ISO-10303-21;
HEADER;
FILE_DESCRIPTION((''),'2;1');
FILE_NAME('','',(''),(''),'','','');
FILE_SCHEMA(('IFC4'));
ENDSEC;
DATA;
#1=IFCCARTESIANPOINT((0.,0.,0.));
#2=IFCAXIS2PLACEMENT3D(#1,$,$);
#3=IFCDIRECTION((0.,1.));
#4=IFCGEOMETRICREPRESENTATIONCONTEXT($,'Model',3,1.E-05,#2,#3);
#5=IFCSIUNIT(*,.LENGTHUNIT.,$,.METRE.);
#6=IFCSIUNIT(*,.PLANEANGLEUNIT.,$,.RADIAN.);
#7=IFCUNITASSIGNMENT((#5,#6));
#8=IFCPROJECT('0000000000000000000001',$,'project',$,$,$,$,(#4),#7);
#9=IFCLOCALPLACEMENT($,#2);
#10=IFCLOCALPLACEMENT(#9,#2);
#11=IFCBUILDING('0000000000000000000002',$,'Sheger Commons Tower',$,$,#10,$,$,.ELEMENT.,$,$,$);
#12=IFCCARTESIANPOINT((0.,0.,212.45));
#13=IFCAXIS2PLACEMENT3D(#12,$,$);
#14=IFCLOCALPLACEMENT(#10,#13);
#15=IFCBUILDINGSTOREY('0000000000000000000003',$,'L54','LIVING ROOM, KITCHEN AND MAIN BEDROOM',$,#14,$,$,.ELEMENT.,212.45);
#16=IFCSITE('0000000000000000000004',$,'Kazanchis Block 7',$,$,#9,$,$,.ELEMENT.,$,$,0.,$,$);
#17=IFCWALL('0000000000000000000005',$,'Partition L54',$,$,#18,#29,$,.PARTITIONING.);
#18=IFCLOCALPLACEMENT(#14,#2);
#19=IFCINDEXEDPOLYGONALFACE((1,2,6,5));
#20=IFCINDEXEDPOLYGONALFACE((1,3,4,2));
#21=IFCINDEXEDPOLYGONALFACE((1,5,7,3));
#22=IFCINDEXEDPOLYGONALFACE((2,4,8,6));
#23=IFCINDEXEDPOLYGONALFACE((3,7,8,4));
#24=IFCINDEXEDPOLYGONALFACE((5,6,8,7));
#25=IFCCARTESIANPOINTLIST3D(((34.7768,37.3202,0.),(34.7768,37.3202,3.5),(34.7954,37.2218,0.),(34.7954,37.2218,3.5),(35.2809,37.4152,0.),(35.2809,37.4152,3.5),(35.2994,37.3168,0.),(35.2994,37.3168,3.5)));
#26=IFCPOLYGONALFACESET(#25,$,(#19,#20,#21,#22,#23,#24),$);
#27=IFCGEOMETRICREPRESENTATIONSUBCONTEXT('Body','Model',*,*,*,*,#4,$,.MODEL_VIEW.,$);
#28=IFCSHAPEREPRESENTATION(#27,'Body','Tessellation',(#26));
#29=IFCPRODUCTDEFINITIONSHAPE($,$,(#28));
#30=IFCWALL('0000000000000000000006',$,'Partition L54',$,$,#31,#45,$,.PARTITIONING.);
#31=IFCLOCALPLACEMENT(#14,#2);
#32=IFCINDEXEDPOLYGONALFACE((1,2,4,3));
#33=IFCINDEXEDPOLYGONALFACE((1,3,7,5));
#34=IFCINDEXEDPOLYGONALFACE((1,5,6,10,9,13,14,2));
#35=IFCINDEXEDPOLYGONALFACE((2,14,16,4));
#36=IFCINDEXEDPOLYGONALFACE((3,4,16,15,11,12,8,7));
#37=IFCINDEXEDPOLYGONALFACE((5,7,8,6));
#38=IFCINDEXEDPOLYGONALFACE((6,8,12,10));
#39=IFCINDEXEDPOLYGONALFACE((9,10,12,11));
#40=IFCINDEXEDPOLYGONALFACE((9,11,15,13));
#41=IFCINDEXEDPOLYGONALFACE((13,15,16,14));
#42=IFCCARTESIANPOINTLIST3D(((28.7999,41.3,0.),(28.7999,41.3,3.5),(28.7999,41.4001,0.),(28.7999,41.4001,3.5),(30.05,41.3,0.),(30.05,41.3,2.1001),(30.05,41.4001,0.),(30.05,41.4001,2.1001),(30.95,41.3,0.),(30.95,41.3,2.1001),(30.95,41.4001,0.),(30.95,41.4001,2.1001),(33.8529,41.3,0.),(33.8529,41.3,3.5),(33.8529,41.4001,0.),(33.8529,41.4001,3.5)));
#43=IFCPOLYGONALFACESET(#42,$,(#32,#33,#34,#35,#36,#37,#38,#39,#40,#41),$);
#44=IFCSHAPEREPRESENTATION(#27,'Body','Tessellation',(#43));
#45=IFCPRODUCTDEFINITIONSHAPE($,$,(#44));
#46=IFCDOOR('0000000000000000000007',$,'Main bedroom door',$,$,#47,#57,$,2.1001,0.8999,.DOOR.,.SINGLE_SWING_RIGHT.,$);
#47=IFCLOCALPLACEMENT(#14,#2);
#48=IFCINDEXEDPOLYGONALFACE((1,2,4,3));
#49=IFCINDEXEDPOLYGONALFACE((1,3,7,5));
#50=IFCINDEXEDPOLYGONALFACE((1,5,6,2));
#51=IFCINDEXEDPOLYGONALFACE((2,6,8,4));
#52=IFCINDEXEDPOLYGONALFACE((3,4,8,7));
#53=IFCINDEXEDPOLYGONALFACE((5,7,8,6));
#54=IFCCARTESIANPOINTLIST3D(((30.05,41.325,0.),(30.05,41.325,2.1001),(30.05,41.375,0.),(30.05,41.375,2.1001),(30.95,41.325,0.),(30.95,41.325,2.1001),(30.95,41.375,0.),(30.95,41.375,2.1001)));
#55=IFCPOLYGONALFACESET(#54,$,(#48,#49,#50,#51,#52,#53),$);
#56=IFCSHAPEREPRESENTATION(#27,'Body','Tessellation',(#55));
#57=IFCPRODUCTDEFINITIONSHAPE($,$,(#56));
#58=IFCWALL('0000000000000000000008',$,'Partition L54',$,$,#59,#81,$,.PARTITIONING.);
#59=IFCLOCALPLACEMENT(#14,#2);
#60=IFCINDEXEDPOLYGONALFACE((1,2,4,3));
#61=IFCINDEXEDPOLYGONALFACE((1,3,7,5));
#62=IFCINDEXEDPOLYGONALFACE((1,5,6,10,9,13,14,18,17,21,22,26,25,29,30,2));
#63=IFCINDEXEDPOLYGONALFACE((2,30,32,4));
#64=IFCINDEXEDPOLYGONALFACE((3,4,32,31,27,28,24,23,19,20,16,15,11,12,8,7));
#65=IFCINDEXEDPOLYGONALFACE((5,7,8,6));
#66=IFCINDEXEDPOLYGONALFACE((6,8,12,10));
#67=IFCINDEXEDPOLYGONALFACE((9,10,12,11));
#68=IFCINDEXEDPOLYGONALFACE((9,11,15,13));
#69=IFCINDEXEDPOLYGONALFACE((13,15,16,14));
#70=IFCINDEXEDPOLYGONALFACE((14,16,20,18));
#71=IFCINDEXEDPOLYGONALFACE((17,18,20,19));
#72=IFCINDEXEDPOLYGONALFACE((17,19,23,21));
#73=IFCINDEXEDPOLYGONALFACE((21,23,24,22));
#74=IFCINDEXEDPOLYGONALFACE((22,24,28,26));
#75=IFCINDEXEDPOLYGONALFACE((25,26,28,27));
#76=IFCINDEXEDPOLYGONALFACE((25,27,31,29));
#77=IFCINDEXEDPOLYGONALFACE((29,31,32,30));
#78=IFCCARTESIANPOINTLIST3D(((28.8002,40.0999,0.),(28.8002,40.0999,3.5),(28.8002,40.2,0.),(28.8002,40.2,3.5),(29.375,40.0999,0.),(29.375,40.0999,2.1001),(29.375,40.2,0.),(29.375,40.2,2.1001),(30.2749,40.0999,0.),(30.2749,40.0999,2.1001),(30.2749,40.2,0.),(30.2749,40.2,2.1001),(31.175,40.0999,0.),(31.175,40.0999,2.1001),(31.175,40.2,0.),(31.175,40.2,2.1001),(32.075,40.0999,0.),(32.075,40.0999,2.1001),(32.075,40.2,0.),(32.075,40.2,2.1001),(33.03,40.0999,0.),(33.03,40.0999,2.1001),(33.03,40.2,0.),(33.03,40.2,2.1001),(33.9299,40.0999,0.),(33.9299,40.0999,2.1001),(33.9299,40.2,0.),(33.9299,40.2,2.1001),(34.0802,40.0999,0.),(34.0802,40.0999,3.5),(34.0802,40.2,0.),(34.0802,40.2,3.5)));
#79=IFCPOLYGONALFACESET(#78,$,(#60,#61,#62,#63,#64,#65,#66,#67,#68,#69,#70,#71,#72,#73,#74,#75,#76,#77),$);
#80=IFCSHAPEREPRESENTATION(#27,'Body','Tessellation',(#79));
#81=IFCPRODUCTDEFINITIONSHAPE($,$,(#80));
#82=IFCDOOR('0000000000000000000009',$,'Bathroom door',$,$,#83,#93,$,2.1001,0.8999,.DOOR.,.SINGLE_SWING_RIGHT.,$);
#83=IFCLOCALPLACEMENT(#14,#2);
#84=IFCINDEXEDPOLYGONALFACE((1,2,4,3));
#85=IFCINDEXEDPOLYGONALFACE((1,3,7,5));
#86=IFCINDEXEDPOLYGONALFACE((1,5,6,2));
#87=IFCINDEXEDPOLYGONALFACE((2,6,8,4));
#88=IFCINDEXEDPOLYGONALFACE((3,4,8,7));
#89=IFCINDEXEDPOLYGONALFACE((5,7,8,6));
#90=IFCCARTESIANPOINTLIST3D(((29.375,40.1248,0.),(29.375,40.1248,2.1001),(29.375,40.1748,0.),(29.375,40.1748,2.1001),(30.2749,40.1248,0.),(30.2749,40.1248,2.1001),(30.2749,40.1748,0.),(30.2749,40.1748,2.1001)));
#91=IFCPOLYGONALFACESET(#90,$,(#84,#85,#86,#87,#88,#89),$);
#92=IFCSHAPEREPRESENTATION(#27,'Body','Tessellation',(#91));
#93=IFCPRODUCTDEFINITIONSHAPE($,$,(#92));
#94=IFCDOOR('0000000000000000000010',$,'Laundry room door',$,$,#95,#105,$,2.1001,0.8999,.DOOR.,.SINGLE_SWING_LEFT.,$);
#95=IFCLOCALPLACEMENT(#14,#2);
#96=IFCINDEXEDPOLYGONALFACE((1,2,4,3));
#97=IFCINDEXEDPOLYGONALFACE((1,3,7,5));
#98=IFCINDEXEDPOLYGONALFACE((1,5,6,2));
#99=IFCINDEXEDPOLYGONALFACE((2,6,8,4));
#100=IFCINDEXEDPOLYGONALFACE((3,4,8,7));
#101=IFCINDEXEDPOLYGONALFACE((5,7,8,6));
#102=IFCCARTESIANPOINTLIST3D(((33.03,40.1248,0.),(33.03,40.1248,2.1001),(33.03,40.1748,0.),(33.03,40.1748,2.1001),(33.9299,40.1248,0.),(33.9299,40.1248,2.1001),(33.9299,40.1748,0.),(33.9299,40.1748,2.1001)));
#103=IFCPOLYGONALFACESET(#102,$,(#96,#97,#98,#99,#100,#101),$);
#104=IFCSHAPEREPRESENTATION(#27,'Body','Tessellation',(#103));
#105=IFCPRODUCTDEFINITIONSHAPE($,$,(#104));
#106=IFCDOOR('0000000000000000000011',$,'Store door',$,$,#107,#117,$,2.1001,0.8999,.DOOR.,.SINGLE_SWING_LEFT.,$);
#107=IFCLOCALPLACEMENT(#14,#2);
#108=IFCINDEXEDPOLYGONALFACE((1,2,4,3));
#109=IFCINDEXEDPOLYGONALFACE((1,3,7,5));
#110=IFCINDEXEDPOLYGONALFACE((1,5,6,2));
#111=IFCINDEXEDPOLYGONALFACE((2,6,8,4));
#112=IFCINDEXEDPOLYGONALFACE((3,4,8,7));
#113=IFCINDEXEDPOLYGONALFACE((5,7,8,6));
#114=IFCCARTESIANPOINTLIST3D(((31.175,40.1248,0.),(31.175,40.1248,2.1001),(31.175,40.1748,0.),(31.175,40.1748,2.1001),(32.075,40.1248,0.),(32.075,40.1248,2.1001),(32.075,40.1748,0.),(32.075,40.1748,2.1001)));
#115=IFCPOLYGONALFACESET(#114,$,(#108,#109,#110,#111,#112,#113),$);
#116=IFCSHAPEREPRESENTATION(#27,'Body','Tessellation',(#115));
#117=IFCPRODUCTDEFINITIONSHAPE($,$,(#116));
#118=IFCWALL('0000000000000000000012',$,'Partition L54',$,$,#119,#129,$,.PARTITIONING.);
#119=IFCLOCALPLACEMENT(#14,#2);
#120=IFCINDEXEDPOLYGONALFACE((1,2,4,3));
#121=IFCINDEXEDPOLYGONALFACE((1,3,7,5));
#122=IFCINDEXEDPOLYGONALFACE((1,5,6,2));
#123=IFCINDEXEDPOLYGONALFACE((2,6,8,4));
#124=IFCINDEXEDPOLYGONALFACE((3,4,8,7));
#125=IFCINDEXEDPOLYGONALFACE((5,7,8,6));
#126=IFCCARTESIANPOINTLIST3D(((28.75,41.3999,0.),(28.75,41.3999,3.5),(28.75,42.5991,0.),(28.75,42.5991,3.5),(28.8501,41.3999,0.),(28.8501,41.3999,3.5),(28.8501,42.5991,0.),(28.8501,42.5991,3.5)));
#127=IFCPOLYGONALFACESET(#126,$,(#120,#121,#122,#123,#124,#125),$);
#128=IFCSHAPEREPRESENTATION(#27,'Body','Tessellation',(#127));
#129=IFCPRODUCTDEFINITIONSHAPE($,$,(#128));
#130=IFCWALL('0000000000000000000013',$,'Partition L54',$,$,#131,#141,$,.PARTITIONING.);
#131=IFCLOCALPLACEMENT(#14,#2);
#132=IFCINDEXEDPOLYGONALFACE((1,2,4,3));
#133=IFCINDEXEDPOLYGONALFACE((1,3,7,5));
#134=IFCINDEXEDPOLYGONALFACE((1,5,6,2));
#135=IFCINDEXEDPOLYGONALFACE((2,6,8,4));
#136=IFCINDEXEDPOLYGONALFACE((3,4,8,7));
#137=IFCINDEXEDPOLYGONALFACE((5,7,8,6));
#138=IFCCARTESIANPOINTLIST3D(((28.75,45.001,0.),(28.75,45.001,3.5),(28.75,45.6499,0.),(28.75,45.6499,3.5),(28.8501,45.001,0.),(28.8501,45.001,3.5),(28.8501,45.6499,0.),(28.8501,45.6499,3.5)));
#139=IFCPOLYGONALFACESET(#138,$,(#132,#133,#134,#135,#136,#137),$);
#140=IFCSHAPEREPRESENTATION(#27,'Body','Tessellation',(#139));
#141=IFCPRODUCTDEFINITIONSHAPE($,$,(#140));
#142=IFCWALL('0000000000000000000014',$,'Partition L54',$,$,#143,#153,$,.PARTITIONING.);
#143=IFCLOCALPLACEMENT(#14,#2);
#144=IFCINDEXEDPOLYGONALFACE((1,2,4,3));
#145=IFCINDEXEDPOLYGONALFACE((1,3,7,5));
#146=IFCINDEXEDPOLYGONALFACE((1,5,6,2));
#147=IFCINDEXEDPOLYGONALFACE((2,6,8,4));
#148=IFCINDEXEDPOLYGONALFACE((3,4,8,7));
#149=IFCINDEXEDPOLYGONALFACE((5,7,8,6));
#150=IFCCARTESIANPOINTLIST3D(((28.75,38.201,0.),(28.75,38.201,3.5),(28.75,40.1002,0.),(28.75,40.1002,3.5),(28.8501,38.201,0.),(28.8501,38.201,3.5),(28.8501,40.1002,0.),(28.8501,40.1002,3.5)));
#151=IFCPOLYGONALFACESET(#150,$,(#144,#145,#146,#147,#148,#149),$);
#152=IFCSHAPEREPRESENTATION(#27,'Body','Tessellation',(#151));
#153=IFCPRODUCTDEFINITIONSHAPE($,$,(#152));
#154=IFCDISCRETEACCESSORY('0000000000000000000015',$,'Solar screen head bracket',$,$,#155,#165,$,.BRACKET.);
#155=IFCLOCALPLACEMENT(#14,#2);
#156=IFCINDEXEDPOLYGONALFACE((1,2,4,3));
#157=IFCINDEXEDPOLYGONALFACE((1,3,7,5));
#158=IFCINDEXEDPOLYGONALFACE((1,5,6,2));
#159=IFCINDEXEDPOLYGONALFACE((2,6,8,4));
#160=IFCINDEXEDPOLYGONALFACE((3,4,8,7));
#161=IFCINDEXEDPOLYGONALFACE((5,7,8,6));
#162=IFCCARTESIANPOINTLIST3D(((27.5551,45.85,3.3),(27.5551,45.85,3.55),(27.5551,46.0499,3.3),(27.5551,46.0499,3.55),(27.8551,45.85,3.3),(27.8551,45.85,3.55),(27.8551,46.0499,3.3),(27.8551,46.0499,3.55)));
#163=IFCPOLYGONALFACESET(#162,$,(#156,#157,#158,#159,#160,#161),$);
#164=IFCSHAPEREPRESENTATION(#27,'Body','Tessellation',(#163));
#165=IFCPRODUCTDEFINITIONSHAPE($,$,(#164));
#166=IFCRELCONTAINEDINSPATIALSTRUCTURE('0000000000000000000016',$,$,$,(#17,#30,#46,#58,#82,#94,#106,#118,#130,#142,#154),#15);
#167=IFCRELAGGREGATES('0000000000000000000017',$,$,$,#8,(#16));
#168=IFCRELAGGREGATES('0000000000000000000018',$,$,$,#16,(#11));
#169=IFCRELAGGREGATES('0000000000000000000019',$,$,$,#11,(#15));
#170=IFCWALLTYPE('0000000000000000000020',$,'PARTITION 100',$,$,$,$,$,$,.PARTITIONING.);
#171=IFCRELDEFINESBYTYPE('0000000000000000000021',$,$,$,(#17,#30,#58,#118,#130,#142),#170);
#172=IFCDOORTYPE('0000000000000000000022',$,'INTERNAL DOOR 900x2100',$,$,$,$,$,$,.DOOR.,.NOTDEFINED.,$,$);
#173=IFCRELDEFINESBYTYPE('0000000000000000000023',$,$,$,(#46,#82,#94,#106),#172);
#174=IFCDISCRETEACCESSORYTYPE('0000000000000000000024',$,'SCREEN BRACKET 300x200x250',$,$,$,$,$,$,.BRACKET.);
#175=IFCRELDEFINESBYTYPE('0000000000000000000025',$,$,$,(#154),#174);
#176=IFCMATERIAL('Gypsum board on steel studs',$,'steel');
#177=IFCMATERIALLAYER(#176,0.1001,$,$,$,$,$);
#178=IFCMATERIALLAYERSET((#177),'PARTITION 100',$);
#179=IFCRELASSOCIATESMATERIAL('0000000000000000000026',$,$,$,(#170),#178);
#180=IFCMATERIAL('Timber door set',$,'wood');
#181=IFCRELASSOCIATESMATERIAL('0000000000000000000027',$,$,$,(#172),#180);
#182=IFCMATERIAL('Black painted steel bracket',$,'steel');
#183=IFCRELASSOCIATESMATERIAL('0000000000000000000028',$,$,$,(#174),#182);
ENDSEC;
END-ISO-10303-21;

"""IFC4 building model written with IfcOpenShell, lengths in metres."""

from ifc_helpers import new_model, si_unit, direction, frame, frame_2d, origin, origin_2d, place, context, subcontext, project, spatial, rectangle, extrude, material, layer, layer_set, type_object, element, fill, save


model = new_model("IFC4")

# Units and contexts
model_context = context("Model", 3, precision=1e-05, world=origin(), true_north=direction((0.0, 1.0)))
body_context = subcontext(model_context, "Body", "Model", "MODEL_VIEW")
ifc_project = project(units=[si_unit("LENGTHUNIT", "METRE"), si_unit("PLANEANGLEUNIT", "RADIAN")], contexts=[model_context])

# Site, building, storey
site_placement = place(None, origin())
site = spatial("IfcSite", under=ifc_project, at=site_placement, Name="Kazanchis Block 7", CompositionType="ELEMENT", RefElevation=0.0)
building_placement = place(site_placement, origin())
building = spatial("IfcBuilding", under=site, at=building_placement, Name="Sheger Commons Tower", CompositionType="ELEMENT")
storey_placement = place(building_placement, frame((0.0, 0.0, 212.45)))
storey = spatial("IfcBuildingStorey", under=building, at=storey_placement, Name="L54", Description="LIVING ROOM, KITCHEN AND MAIN BEDROOM", CompositionType="ELEMENT", Elevation=212.45)

# Wall
ifc_material_1 = material(Name="Gypsum board on steel studs", Category="steel")
ifc_layer_1 = layer(ifc_material_1, 0.1001)
ifc_layer_set_1 = layer_set([ifc_layer_1], Name="PARTITION 100")
wall_type_1 = type_object("IfcWallType", Name="PARTITION 100", PredefinedType="PARTITIONING", material=ifc_layer_set_1)
wall_1_placement = place(storey_placement, frame((35.29, 37.366, 0.0), z_axis=(0.0, 0.0, 1.0), x_axis=(-0.982716, -0.185122, 0.0)))
element("IfcWall", 1, at=wall_1_placement, inside=storey, type_object=wall_type_1, Name="Partition L54", PredefinedType="PARTITIONING", context=body_context, shape_type="SweptSolid", body=[
    extrude(rectangle(XDim=0.5129, YDim=0.1001, at=frame_2d((0.2563, 0.0))), origin(), (0.0, 0.0, 1.0), 3.5),
])

# Wall, opening, door
wall_2_placement = place(storey_placement, frame((28.8, 41.3501, 0.0), z_axis=(0.0, 0.0, 1.0), x_axis=(1.0, 0.0, 0.0)))
wall_2 = element("IfcWall", 2, at=wall_2_placement, inside=storey, type_object=wall_type_1, Name="Partition L54", PredefinedType="PARTITIONING", context=body_context, shape_type="SweptSolid", body=[
    extrude(rectangle(XDim=5.053, YDim=0.1001, at=frame_2d((2.5264, 0.0))), origin(), (0.0, 0.0, 1.0), 3.5),
])
opening_1_placement = place(wall_2_placement, frame((1.25, 0.0, 0.0)))
opening_1 = element("IfcOpeningElement", 3, at=opening_1_placement, cuts=wall_2, PredefinedType="OPENING", context=body_context, shape_type="SweptSolid", body=[
    extrude(rectangle(XDim=0.8999, YDim=2.1001, at=frame_2d((0.45, 1.05))), frame((0.0, 0.0601, 0.0), z_axis=(0.0, -1.0, 0.0), x_axis=(1.0, 0.0, 0.0)), (0.0, 0.0, 1.0), 0.1201),
])
ifc_material_2 = material(Name="Timber door set", Category="wood")
door_type_1 = type_object("IfcDoorType", Name="INTERNAL DOOR 900x2100", OperationType="NOTDEFINED", PredefinedType="DOOR", material=ifc_material_2)
door_1_placement = place(opening_1_placement, origin())
door_1 = element("IfcDoor", 4, at=door_1_placement, inside=storey, type_object=door_type_1, Name="Main bedroom door", OperationType="SINGLE_SWING_RIGHT", OverallHeight=2.1001, OverallWidth=0.8999, PredefinedType="DOOR", context=body_context, shape_type="SweptSolid", body=[
    extrude(rectangle(XDim=0.8999, YDim=2.1001, at=frame_2d((0.45, 1.05))), frame((0.0, 0.0249, 0.0), z_axis=(0.0, -1.0, 0.0), x_axis=(1.0, 0.0, 0.0)), (0.0, 0.0, 1.0), 0.05),
])
fill(opening_1, door_1)

# Wall, openings, doors
wall_3_placement = place(storey_placement, frame((28.8, 40.1499, 0.0), z_axis=(0.0, 0.0, 1.0), x_axis=(1.0, 0.0, 0.0)))
wall_3 = element("IfcWall", 5, at=wall_3_placement, inside=storey, type_object=wall_type_1, Name="Partition L54", PredefinedType="PARTITIONING", context=body_context, shape_type="SweptSolid", body=[
    extrude(rectangle(XDim=5.28, YDim=0.1001, at=frame_2d((2.6401, 0.0))), origin(), (0.0, 0.0, 1.0), 3.5),
])
opening_2_placement = place(wall_3_placement, frame((0.575, 0.0, 0.0)))
opening_2 = element("IfcOpeningElement", 6, at=opening_2_placement, cuts=wall_3, PredefinedType="OPENING", context=body_context, shape_type="SweptSolid", body=[
    extrude(rectangle(XDim=0.8999, YDim=2.1001, at=frame_2d((0.45, 1.05))), frame((0.0, 0.0601, 0.0), z_axis=(0.0, -1.0, 0.0), x_axis=(1.0, 0.0, 0.0)), (0.0, 0.0, 1.0), 0.1201),
])
opening_3_placement = place(wall_3_placement, frame((4.23, 0.0, 0.0)))
opening_3 = element("IfcOpeningElement", 7, at=opening_3_placement, cuts=wall_3, PredefinedType="OPENING", context=body_context, shape_type="SweptSolid", body=[
    extrude(rectangle(XDim=0.8999, YDim=2.1001, at=frame_2d((0.45, 1.05))), frame((0.0, 0.0601, 0.0), z_axis=(0.0, -1.0, 0.0), x_axis=(1.0, 0.0, 0.0)), (0.0, 0.0, 1.0), 0.1201),
])
opening_4_placement = place(wall_3_placement, frame((2.375, 0.0, 0.0)))
opening_4 = element("IfcOpeningElement", 8, at=opening_4_placement, cuts=wall_3, PredefinedType="OPENING", context=body_context, shape_type="SweptSolid", body=[
    extrude(rectangle(XDim=0.8999, YDim=2.1001, at=frame_2d((0.45, 1.05))), frame((0.0, 0.0601, 0.0), z_axis=(0.0, -1.0, 0.0), x_axis=(1.0, 0.0, 0.0)), (0.0, 0.0, 1.0), 0.1201),
])
door_2_placement = place(opening_2_placement, origin())
door_2 = element("IfcDoor", 9, at=door_2_placement, inside=storey, type_object=door_type_1, Name="Bathroom door", OperationType="SINGLE_SWING_RIGHT", OverallHeight=2.1001, OverallWidth=0.8999, PredefinedType="DOOR", context=body_context, shape_type="SweptSolid", body=[
    extrude(rectangle(XDim=0.8999, YDim=2.1001, at=frame_2d((0.45, 1.05))), frame((0.0, 0.0249, 0.0), z_axis=(0.0, -1.0, 0.0), x_axis=(1.0, 0.0, 0.0)), (0.0, 0.0, 1.0), 0.05),
])
fill(opening_2, door_2)
door_3_placement = place(opening_3_placement, origin())
door_3 = element("IfcDoor", 10, at=door_3_placement, inside=storey, type_object=door_type_1, Name="Laundry room door", OperationType="SINGLE_SWING_LEFT", OverallHeight=2.1001, OverallWidth=0.8999, PredefinedType="DOOR", context=body_context, shape_type="SweptSolid", body=[
    extrude(rectangle(XDim=0.8999, YDim=2.1001, at=frame_2d((0.45, 1.05))), frame((0.0, 0.0249, 0.0), z_axis=(0.0, -1.0, 0.0), x_axis=(1.0, 0.0, 0.0)), (0.0, 0.0, 1.0), 0.05),
])
fill(opening_3, door_3)
door_4_placement = place(opening_4_placement, origin())
door_4 = element("IfcDoor", 11, at=door_4_placement, inside=storey, type_object=door_type_1, Name="Store door", OperationType="SINGLE_SWING_LEFT", OverallHeight=2.1001, OverallWidth=0.8999, PredefinedType="DOOR", context=body_context, shape_type="SweptSolid", body=[
    extrude(rectangle(XDim=0.8999, YDim=2.1001, at=frame_2d((0.45, 1.05))), frame((0.0, 0.0249, 0.0), z_axis=(0.0, -1.0, 0.0), x_axis=(1.0, 0.0, 0.0)), (0.0, 0.0, 1.0), 0.05),
])
fill(opening_4, door_4)

# Walls
wall_4_placement = place(storey_placement, frame((28.8, 41.3999, 0.0), z_axis=(0.0, 0.0, 1.0), x_axis=(0.0, 1.0, 0.0)))
element("IfcWall", 12, at=wall_4_placement, inside=storey, type_object=wall_type_1, Name="Partition L54", PredefinedType="PARTITIONING", context=body_context, shape_type="SweptSolid", body=[
    extrude(rectangle(XDim=1.1992, YDim=0.1001, at=frame_2d((0.5996, 0.0))), origin(), (0.0, 0.0, 1.0), 3.5),
])
wall_5_placement = place(storey_placement, frame((28.8, 45.001, 0.0), z_axis=(0.0, 0.0, 1.0), x_axis=(0.0, 1.0, 0.0)))
element("IfcWall", 13, at=wall_5_placement, inside=storey, type_object=wall_type_1, Name="Partition L54", PredefinedType="PARTITIONING", context=body_context, shape_type="SweptSolid", body=[
    extrude(rectangle(XDim=0.6489, YDim=0.1001, at=frame_2d((0.3245, 0.0))), origin(), (0.0, 0.0, 1.0), 3.5),
])
wall_6_placement = place(storey_placement, frame((28.8, 38.2009, 0.0), z_axis=(0.0, 0.0, 1.0), x_axis=(0.0, 1.0, 0.0)))
element("IfcWall", 14, at=wall_6_placement, inside=storey, type_object=wall_type_1, Name="Partition L54", PredefinedType="PARTITIONING", context=body_context, shape_type="SweptSolid", body=[
    extrude(rectangle(XDim=1.8992, YDim=0.1001, at=frame_2d((0.9497, 0.0))), origin(), (0.0, 0.0, 1.0), 3.5),
])

# Discrete accessory
ifc_material_3 = material(Name="Black painted steel bracket", Category="steel")
discrete_accessory_type = type_object("IfcDiscreteAccessoryType", Name="SCREEN BRACKET 300x200x250", PredefinedType="BRACKET", material=ifc_material_3)
discrete_accessory_placement = place(storey_placement, frame((27.7051, 45.95, 3.3), z_axis=(0.0, 0.0, 1.0), x_axis=(-1.0, 0.0, 0.0)))
element("IfcDiscreteAccessory", 15, at=discrete_accessory_placement, inside=storey, type_object=discrete_accessory_type, Name="Solar screen head bracket", PredefinedType="BRACKET", context=body_context, shape_type="SweptSolid", body=[
    extrude(rectangle(XDim=0.3, YDim=0.2, at=origin_2d()), origin(), (0.0, 0.0, 1.0), 0.25),
])

save(model, "model.ifc")
